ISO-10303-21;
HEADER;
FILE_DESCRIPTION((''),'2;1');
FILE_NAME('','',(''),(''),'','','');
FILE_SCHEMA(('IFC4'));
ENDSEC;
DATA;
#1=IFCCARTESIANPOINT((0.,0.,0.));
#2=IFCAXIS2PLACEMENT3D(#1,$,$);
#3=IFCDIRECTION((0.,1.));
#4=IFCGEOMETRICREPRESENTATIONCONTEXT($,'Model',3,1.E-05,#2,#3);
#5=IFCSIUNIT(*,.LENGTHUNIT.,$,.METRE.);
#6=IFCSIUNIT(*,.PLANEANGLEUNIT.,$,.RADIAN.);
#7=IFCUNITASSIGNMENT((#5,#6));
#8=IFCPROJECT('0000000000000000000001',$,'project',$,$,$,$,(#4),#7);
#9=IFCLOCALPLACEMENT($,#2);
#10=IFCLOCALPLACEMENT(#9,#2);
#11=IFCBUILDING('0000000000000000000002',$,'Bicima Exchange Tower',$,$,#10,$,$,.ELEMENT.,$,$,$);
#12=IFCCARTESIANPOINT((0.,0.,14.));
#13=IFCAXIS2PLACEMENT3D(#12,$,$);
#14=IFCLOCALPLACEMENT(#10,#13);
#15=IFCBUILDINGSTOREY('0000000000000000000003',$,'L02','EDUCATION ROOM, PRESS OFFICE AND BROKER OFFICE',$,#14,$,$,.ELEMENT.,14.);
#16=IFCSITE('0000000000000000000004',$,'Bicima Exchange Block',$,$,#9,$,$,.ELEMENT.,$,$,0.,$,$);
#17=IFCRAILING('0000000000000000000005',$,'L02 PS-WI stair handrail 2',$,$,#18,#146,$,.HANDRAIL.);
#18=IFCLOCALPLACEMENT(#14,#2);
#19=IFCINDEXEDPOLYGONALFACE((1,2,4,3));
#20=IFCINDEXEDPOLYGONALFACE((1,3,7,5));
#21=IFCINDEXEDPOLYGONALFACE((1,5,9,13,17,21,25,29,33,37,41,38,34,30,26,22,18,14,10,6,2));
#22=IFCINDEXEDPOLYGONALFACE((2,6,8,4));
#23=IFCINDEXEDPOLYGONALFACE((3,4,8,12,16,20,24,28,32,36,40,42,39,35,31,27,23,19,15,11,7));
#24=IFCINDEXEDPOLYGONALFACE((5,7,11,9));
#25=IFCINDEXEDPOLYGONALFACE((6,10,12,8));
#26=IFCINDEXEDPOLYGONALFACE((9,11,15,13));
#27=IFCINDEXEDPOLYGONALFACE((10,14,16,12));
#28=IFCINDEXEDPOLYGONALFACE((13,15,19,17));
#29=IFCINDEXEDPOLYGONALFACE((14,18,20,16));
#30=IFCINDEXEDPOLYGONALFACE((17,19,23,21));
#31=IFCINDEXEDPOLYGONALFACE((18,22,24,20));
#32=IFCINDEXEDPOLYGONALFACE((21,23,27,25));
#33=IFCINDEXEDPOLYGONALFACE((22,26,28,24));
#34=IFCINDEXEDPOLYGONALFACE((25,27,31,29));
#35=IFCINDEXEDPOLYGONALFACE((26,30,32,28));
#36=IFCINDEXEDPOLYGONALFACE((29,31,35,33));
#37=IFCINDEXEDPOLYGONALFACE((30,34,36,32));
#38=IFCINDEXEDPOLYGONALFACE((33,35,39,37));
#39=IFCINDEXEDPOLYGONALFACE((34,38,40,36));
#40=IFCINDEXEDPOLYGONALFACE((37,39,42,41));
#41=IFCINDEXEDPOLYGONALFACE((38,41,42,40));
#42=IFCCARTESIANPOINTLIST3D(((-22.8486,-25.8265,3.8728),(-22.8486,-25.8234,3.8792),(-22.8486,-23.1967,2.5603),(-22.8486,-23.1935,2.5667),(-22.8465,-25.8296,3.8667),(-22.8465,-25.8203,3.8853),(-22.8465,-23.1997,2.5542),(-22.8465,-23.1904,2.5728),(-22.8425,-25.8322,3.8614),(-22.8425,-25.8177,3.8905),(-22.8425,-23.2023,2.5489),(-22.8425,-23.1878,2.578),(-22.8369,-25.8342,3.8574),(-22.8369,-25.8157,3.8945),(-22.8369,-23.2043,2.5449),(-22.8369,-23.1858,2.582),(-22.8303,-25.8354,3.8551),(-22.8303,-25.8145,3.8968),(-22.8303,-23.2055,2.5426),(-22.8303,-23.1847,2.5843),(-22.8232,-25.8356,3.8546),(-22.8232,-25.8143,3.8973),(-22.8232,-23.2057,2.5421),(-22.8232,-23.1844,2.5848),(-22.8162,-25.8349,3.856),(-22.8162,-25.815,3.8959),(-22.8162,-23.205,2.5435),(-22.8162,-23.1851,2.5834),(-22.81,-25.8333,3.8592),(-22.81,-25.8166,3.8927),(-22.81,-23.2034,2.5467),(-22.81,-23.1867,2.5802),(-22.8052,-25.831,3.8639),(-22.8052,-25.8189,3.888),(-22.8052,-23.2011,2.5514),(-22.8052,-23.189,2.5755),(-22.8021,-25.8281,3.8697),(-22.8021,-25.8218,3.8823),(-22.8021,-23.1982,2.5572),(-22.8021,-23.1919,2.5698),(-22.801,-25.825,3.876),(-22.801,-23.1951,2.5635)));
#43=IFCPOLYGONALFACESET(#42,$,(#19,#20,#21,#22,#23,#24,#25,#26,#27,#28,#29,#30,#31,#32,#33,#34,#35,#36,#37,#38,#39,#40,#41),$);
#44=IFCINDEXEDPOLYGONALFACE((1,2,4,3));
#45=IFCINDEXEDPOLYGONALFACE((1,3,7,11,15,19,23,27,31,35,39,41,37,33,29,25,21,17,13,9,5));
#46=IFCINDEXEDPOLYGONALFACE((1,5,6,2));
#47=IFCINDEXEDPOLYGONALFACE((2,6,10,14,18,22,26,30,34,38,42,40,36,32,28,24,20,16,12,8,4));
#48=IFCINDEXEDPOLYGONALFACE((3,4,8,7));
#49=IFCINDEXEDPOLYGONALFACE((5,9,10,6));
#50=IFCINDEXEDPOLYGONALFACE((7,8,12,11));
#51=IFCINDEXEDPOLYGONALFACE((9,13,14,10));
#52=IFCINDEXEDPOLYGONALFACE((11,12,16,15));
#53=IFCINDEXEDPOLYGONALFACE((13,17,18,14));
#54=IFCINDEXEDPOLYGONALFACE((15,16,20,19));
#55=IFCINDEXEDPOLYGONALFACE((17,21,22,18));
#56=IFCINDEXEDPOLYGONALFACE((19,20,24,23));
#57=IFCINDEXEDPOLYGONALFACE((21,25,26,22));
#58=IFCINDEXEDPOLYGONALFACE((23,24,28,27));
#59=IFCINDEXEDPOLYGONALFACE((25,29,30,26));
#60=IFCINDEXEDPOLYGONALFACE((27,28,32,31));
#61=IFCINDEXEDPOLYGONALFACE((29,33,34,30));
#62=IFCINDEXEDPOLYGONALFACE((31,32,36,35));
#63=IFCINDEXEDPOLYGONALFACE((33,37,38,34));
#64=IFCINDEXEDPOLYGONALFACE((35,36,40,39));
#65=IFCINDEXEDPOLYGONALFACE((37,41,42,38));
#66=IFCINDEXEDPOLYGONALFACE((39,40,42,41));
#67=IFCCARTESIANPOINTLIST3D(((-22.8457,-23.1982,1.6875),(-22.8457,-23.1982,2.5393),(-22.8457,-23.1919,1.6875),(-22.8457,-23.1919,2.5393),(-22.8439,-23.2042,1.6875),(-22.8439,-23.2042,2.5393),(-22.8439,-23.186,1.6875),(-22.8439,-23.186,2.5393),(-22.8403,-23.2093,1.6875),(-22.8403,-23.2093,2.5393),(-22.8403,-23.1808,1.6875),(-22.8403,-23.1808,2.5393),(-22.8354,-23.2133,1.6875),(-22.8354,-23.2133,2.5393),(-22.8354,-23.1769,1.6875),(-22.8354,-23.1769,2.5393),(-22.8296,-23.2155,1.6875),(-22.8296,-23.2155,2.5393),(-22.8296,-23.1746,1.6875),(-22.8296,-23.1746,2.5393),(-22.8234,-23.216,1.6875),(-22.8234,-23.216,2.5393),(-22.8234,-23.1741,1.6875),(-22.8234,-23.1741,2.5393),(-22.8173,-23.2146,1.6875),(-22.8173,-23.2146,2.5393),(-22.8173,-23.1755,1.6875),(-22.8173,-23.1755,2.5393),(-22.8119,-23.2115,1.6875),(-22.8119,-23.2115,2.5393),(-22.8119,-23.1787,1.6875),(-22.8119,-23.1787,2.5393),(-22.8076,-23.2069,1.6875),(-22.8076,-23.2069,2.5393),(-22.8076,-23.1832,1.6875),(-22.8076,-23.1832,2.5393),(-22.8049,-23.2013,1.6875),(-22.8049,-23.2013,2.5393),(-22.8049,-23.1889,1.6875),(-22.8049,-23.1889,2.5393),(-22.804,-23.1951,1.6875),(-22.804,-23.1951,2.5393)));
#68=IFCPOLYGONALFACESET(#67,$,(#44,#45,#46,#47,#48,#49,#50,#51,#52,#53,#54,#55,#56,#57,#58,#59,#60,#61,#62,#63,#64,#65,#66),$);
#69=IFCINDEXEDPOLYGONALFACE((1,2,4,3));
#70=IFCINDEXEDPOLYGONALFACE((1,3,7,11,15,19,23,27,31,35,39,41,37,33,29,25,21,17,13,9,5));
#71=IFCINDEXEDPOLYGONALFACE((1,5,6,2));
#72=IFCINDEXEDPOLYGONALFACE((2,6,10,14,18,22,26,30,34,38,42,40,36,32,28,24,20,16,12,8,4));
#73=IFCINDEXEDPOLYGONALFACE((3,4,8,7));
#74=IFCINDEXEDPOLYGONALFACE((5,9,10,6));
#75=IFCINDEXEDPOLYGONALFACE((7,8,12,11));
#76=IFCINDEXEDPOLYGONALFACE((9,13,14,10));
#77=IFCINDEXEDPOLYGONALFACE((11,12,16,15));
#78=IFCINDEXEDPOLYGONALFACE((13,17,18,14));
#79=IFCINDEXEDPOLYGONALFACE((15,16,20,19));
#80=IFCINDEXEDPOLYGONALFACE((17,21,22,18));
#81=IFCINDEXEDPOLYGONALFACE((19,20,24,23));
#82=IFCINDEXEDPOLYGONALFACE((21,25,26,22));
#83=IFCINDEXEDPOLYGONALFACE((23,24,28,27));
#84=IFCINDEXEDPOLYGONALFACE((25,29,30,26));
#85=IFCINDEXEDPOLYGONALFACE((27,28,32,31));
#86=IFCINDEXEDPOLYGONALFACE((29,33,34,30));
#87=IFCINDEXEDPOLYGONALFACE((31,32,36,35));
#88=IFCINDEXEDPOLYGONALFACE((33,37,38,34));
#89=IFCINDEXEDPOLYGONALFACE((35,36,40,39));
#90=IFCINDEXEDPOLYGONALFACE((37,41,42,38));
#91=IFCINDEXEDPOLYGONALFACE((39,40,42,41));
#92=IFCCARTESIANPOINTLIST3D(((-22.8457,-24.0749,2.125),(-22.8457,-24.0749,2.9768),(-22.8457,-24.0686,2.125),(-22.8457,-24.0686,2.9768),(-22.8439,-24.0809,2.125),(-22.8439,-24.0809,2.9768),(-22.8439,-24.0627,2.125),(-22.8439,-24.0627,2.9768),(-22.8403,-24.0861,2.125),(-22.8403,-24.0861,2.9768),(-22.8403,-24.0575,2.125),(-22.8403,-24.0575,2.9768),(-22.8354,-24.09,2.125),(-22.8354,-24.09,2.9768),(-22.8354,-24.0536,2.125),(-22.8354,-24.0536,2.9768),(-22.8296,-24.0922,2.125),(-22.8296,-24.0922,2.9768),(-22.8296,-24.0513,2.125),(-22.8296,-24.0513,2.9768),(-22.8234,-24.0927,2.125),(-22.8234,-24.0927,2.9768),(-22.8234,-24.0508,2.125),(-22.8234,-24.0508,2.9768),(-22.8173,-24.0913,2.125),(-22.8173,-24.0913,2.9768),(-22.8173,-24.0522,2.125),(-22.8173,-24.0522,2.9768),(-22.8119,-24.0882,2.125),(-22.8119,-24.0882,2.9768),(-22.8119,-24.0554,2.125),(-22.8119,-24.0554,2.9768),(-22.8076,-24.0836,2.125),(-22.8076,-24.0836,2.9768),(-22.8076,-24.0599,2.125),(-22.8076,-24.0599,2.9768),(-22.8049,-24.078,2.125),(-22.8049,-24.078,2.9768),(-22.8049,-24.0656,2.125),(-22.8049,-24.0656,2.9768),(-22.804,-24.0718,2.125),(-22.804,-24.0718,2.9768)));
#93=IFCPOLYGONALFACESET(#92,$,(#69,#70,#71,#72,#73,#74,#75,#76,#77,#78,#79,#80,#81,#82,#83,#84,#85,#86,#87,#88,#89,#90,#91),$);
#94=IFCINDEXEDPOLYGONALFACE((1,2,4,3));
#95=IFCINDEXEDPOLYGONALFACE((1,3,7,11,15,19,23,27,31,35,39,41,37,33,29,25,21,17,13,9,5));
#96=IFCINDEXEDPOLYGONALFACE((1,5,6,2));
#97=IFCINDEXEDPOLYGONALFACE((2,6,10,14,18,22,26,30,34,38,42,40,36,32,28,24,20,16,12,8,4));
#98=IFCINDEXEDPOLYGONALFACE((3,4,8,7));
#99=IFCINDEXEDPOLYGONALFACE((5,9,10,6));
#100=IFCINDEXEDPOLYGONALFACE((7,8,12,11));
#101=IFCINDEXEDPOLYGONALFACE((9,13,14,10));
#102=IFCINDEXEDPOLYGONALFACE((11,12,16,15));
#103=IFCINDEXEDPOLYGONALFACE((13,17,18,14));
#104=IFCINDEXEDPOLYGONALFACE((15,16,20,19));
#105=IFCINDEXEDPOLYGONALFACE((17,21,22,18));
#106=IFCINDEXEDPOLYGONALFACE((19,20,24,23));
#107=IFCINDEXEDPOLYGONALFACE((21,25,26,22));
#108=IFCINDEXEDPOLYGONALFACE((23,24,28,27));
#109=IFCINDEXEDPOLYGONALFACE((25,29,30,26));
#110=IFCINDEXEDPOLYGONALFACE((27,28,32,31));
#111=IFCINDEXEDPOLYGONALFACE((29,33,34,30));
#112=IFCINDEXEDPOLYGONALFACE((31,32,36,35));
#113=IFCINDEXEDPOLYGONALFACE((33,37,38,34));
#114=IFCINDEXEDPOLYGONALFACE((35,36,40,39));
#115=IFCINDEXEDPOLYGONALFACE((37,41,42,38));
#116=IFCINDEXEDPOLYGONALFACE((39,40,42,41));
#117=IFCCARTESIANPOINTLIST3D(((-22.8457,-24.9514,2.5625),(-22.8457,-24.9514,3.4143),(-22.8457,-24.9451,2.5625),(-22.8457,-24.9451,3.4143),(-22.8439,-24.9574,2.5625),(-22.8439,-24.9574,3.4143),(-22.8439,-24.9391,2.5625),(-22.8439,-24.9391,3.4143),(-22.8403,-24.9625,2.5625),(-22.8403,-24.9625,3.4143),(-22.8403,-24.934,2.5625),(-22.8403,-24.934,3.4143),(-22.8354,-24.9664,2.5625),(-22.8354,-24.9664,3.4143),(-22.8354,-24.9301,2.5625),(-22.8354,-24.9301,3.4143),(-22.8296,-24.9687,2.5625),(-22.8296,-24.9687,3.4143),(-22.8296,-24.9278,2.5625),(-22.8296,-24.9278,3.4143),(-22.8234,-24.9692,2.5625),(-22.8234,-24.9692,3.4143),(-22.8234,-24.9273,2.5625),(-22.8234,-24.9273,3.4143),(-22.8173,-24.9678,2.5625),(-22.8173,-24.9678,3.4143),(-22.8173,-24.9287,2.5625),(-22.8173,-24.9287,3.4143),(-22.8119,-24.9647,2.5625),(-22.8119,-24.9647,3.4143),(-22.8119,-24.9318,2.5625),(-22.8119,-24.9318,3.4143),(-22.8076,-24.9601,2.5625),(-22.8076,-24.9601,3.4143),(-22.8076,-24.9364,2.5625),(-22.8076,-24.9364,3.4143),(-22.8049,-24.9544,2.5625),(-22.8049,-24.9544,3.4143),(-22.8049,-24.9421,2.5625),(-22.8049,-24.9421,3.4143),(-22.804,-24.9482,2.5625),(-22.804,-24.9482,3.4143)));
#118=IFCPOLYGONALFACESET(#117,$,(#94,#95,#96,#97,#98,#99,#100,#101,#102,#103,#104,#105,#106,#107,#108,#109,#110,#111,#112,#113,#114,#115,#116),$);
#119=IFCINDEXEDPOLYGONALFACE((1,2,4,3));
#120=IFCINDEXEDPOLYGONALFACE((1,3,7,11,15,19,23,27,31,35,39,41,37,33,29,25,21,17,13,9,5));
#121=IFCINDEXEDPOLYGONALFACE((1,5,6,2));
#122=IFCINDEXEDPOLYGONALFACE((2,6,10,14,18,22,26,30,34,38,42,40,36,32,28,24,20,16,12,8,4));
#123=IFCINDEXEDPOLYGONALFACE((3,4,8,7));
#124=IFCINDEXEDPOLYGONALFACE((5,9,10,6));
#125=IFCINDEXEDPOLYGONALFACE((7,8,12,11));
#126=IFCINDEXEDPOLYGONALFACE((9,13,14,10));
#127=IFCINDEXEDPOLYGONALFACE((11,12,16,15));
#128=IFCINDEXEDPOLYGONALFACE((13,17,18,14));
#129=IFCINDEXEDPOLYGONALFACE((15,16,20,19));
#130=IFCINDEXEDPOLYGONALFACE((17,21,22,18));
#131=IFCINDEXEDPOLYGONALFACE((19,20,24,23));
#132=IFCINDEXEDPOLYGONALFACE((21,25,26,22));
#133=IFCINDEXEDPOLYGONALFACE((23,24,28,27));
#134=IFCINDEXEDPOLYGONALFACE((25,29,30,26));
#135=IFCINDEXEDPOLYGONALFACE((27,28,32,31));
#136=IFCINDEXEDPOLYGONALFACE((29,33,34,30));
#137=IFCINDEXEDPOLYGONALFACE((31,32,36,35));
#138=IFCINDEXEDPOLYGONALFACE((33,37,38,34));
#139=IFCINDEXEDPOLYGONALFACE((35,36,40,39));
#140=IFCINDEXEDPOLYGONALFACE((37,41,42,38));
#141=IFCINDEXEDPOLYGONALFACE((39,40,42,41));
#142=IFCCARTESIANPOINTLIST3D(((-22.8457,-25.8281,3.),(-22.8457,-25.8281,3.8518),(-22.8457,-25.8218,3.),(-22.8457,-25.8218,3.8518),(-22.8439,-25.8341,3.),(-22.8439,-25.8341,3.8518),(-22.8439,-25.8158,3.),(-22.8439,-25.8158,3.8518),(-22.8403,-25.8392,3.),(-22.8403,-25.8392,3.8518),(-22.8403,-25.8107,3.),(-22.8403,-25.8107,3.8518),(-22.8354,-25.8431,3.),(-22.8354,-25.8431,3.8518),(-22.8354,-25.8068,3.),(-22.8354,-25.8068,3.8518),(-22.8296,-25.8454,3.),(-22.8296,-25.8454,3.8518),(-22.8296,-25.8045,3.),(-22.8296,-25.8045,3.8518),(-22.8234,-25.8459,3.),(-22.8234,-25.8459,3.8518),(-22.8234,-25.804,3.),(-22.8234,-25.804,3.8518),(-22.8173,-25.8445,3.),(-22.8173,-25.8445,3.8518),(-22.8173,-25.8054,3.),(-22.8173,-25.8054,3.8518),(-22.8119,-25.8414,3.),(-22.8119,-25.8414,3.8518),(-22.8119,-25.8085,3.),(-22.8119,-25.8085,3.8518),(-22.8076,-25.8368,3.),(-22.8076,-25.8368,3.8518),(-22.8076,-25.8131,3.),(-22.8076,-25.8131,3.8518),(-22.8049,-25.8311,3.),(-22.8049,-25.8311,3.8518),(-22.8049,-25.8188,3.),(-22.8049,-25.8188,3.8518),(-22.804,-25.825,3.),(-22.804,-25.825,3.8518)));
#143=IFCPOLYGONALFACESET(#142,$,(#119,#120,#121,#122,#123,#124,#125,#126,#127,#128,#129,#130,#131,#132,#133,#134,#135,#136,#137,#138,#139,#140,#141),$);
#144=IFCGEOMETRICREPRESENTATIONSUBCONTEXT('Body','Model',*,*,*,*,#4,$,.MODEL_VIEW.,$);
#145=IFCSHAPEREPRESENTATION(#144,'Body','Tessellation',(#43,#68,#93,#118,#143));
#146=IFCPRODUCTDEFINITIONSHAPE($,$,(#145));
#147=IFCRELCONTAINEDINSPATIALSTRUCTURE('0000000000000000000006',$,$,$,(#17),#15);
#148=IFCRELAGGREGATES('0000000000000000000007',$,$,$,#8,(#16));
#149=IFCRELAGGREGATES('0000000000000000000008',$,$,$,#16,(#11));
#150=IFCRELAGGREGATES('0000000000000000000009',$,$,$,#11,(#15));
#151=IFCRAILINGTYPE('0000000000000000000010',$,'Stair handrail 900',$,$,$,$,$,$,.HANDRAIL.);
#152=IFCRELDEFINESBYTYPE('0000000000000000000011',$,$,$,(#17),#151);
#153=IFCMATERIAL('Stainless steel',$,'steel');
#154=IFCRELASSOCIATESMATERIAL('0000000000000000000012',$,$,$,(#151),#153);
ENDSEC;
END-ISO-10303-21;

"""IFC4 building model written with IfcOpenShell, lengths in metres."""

from ifc_helpers import new_model, si_unit, direction, frame, origin, origin_2d, place, context, subcontext, project, spatial, circle, extrude, material, type_object, element, save


model = new_model("IFC4")

# Units and contexts
model_context = context("Model", 3, precision=1e-05, world=origin(), true_north=direction((0.0, 1.0)))
body_context = subcontext(model_context, "Body", "Model", "MODEL_VIEW")
ifc_project = project(units=[si_unit("LENGTHUNIT", "METRE"), si_unit("PLANEANGLEUNIT", "RADIAN")], contexts=[model_context])

# Site, building, storey
site_placement = place(None, origin())
site = spatial("IfcSite", under=ifc_project, at=site_placement, Name="Bicima Exchange Block", CompositionType="ELEMENT", RefElevation=0.0)
building_placement = place(site_placement, origin())
building = spatial("IfcBuilding", under=site, at=building_placement, Name="Bicima Exchange Tower", CompositionType="ELEMENT")
storey_placement = place(building_placement, frame((0.0, 0.0, 14.0)))
storey = spatial("IfcBuildingStorey", under=building, at=storey_placement, Name="L02", Description="EDUCATION ROOM, PRESS OFFICE AND BROKER OFFICE", CompositionType="ELEMENT", Elevation=14.0)

# Shared definitions
ifc_material_1 = material(Name="Stainless steel", Category="steel")

# Railing
railing_type_1 = type_object("IfcRailingType", Name="Stair handrail 900", PredefinedType="HANDRAIL", material=ifc_material_1)
for number, where, name in (
    (1, (-22.825, -23.1951, 1.6875), "L02 PS-WI stair handrail 2"),
):
    element("IfcRailing", number, at=place(storey_placement, frame(where)), inside=storey, type_object=railing_type_1, Name=name, PredefinedType="HANDRAIL", context=body_context, shape_type="SweptSolid", body=[
        extrude(circle(Radius=0.0239, at=origin_2d()), frame((0.0, 0.0, 0.876), z_axis=(0.0, -0.894759, 0.446549), x_axis=(1.0, 0.0, 0.0)), (0.0, 0.0, 1.0), 2.9392),
        extrude(circle(Radius=0.021, at=origin_2d()), origin(), (0.0, 0.0, 1.0), 0.8518),
        extrude(circle(Radius=0.021, at=origin_2d()), frame((0.0, -0.8767, 0.4375)), (0.0, 0.0, 1.0), 0.8518),
        extrude(circle(Radius=0.021, at=origin_2d()), frame((0.0, -1.7532, 0.875)), (0.0, 0.0, 1.0), 0.8518),
        extrude(circle(Radius=0.021, at=origin_2d()), frame((0.0, -2.6299, 1.3125)), (0.0, 0.0, 1.0), 0.8518),
    ])

save(model, "model.ifc")
